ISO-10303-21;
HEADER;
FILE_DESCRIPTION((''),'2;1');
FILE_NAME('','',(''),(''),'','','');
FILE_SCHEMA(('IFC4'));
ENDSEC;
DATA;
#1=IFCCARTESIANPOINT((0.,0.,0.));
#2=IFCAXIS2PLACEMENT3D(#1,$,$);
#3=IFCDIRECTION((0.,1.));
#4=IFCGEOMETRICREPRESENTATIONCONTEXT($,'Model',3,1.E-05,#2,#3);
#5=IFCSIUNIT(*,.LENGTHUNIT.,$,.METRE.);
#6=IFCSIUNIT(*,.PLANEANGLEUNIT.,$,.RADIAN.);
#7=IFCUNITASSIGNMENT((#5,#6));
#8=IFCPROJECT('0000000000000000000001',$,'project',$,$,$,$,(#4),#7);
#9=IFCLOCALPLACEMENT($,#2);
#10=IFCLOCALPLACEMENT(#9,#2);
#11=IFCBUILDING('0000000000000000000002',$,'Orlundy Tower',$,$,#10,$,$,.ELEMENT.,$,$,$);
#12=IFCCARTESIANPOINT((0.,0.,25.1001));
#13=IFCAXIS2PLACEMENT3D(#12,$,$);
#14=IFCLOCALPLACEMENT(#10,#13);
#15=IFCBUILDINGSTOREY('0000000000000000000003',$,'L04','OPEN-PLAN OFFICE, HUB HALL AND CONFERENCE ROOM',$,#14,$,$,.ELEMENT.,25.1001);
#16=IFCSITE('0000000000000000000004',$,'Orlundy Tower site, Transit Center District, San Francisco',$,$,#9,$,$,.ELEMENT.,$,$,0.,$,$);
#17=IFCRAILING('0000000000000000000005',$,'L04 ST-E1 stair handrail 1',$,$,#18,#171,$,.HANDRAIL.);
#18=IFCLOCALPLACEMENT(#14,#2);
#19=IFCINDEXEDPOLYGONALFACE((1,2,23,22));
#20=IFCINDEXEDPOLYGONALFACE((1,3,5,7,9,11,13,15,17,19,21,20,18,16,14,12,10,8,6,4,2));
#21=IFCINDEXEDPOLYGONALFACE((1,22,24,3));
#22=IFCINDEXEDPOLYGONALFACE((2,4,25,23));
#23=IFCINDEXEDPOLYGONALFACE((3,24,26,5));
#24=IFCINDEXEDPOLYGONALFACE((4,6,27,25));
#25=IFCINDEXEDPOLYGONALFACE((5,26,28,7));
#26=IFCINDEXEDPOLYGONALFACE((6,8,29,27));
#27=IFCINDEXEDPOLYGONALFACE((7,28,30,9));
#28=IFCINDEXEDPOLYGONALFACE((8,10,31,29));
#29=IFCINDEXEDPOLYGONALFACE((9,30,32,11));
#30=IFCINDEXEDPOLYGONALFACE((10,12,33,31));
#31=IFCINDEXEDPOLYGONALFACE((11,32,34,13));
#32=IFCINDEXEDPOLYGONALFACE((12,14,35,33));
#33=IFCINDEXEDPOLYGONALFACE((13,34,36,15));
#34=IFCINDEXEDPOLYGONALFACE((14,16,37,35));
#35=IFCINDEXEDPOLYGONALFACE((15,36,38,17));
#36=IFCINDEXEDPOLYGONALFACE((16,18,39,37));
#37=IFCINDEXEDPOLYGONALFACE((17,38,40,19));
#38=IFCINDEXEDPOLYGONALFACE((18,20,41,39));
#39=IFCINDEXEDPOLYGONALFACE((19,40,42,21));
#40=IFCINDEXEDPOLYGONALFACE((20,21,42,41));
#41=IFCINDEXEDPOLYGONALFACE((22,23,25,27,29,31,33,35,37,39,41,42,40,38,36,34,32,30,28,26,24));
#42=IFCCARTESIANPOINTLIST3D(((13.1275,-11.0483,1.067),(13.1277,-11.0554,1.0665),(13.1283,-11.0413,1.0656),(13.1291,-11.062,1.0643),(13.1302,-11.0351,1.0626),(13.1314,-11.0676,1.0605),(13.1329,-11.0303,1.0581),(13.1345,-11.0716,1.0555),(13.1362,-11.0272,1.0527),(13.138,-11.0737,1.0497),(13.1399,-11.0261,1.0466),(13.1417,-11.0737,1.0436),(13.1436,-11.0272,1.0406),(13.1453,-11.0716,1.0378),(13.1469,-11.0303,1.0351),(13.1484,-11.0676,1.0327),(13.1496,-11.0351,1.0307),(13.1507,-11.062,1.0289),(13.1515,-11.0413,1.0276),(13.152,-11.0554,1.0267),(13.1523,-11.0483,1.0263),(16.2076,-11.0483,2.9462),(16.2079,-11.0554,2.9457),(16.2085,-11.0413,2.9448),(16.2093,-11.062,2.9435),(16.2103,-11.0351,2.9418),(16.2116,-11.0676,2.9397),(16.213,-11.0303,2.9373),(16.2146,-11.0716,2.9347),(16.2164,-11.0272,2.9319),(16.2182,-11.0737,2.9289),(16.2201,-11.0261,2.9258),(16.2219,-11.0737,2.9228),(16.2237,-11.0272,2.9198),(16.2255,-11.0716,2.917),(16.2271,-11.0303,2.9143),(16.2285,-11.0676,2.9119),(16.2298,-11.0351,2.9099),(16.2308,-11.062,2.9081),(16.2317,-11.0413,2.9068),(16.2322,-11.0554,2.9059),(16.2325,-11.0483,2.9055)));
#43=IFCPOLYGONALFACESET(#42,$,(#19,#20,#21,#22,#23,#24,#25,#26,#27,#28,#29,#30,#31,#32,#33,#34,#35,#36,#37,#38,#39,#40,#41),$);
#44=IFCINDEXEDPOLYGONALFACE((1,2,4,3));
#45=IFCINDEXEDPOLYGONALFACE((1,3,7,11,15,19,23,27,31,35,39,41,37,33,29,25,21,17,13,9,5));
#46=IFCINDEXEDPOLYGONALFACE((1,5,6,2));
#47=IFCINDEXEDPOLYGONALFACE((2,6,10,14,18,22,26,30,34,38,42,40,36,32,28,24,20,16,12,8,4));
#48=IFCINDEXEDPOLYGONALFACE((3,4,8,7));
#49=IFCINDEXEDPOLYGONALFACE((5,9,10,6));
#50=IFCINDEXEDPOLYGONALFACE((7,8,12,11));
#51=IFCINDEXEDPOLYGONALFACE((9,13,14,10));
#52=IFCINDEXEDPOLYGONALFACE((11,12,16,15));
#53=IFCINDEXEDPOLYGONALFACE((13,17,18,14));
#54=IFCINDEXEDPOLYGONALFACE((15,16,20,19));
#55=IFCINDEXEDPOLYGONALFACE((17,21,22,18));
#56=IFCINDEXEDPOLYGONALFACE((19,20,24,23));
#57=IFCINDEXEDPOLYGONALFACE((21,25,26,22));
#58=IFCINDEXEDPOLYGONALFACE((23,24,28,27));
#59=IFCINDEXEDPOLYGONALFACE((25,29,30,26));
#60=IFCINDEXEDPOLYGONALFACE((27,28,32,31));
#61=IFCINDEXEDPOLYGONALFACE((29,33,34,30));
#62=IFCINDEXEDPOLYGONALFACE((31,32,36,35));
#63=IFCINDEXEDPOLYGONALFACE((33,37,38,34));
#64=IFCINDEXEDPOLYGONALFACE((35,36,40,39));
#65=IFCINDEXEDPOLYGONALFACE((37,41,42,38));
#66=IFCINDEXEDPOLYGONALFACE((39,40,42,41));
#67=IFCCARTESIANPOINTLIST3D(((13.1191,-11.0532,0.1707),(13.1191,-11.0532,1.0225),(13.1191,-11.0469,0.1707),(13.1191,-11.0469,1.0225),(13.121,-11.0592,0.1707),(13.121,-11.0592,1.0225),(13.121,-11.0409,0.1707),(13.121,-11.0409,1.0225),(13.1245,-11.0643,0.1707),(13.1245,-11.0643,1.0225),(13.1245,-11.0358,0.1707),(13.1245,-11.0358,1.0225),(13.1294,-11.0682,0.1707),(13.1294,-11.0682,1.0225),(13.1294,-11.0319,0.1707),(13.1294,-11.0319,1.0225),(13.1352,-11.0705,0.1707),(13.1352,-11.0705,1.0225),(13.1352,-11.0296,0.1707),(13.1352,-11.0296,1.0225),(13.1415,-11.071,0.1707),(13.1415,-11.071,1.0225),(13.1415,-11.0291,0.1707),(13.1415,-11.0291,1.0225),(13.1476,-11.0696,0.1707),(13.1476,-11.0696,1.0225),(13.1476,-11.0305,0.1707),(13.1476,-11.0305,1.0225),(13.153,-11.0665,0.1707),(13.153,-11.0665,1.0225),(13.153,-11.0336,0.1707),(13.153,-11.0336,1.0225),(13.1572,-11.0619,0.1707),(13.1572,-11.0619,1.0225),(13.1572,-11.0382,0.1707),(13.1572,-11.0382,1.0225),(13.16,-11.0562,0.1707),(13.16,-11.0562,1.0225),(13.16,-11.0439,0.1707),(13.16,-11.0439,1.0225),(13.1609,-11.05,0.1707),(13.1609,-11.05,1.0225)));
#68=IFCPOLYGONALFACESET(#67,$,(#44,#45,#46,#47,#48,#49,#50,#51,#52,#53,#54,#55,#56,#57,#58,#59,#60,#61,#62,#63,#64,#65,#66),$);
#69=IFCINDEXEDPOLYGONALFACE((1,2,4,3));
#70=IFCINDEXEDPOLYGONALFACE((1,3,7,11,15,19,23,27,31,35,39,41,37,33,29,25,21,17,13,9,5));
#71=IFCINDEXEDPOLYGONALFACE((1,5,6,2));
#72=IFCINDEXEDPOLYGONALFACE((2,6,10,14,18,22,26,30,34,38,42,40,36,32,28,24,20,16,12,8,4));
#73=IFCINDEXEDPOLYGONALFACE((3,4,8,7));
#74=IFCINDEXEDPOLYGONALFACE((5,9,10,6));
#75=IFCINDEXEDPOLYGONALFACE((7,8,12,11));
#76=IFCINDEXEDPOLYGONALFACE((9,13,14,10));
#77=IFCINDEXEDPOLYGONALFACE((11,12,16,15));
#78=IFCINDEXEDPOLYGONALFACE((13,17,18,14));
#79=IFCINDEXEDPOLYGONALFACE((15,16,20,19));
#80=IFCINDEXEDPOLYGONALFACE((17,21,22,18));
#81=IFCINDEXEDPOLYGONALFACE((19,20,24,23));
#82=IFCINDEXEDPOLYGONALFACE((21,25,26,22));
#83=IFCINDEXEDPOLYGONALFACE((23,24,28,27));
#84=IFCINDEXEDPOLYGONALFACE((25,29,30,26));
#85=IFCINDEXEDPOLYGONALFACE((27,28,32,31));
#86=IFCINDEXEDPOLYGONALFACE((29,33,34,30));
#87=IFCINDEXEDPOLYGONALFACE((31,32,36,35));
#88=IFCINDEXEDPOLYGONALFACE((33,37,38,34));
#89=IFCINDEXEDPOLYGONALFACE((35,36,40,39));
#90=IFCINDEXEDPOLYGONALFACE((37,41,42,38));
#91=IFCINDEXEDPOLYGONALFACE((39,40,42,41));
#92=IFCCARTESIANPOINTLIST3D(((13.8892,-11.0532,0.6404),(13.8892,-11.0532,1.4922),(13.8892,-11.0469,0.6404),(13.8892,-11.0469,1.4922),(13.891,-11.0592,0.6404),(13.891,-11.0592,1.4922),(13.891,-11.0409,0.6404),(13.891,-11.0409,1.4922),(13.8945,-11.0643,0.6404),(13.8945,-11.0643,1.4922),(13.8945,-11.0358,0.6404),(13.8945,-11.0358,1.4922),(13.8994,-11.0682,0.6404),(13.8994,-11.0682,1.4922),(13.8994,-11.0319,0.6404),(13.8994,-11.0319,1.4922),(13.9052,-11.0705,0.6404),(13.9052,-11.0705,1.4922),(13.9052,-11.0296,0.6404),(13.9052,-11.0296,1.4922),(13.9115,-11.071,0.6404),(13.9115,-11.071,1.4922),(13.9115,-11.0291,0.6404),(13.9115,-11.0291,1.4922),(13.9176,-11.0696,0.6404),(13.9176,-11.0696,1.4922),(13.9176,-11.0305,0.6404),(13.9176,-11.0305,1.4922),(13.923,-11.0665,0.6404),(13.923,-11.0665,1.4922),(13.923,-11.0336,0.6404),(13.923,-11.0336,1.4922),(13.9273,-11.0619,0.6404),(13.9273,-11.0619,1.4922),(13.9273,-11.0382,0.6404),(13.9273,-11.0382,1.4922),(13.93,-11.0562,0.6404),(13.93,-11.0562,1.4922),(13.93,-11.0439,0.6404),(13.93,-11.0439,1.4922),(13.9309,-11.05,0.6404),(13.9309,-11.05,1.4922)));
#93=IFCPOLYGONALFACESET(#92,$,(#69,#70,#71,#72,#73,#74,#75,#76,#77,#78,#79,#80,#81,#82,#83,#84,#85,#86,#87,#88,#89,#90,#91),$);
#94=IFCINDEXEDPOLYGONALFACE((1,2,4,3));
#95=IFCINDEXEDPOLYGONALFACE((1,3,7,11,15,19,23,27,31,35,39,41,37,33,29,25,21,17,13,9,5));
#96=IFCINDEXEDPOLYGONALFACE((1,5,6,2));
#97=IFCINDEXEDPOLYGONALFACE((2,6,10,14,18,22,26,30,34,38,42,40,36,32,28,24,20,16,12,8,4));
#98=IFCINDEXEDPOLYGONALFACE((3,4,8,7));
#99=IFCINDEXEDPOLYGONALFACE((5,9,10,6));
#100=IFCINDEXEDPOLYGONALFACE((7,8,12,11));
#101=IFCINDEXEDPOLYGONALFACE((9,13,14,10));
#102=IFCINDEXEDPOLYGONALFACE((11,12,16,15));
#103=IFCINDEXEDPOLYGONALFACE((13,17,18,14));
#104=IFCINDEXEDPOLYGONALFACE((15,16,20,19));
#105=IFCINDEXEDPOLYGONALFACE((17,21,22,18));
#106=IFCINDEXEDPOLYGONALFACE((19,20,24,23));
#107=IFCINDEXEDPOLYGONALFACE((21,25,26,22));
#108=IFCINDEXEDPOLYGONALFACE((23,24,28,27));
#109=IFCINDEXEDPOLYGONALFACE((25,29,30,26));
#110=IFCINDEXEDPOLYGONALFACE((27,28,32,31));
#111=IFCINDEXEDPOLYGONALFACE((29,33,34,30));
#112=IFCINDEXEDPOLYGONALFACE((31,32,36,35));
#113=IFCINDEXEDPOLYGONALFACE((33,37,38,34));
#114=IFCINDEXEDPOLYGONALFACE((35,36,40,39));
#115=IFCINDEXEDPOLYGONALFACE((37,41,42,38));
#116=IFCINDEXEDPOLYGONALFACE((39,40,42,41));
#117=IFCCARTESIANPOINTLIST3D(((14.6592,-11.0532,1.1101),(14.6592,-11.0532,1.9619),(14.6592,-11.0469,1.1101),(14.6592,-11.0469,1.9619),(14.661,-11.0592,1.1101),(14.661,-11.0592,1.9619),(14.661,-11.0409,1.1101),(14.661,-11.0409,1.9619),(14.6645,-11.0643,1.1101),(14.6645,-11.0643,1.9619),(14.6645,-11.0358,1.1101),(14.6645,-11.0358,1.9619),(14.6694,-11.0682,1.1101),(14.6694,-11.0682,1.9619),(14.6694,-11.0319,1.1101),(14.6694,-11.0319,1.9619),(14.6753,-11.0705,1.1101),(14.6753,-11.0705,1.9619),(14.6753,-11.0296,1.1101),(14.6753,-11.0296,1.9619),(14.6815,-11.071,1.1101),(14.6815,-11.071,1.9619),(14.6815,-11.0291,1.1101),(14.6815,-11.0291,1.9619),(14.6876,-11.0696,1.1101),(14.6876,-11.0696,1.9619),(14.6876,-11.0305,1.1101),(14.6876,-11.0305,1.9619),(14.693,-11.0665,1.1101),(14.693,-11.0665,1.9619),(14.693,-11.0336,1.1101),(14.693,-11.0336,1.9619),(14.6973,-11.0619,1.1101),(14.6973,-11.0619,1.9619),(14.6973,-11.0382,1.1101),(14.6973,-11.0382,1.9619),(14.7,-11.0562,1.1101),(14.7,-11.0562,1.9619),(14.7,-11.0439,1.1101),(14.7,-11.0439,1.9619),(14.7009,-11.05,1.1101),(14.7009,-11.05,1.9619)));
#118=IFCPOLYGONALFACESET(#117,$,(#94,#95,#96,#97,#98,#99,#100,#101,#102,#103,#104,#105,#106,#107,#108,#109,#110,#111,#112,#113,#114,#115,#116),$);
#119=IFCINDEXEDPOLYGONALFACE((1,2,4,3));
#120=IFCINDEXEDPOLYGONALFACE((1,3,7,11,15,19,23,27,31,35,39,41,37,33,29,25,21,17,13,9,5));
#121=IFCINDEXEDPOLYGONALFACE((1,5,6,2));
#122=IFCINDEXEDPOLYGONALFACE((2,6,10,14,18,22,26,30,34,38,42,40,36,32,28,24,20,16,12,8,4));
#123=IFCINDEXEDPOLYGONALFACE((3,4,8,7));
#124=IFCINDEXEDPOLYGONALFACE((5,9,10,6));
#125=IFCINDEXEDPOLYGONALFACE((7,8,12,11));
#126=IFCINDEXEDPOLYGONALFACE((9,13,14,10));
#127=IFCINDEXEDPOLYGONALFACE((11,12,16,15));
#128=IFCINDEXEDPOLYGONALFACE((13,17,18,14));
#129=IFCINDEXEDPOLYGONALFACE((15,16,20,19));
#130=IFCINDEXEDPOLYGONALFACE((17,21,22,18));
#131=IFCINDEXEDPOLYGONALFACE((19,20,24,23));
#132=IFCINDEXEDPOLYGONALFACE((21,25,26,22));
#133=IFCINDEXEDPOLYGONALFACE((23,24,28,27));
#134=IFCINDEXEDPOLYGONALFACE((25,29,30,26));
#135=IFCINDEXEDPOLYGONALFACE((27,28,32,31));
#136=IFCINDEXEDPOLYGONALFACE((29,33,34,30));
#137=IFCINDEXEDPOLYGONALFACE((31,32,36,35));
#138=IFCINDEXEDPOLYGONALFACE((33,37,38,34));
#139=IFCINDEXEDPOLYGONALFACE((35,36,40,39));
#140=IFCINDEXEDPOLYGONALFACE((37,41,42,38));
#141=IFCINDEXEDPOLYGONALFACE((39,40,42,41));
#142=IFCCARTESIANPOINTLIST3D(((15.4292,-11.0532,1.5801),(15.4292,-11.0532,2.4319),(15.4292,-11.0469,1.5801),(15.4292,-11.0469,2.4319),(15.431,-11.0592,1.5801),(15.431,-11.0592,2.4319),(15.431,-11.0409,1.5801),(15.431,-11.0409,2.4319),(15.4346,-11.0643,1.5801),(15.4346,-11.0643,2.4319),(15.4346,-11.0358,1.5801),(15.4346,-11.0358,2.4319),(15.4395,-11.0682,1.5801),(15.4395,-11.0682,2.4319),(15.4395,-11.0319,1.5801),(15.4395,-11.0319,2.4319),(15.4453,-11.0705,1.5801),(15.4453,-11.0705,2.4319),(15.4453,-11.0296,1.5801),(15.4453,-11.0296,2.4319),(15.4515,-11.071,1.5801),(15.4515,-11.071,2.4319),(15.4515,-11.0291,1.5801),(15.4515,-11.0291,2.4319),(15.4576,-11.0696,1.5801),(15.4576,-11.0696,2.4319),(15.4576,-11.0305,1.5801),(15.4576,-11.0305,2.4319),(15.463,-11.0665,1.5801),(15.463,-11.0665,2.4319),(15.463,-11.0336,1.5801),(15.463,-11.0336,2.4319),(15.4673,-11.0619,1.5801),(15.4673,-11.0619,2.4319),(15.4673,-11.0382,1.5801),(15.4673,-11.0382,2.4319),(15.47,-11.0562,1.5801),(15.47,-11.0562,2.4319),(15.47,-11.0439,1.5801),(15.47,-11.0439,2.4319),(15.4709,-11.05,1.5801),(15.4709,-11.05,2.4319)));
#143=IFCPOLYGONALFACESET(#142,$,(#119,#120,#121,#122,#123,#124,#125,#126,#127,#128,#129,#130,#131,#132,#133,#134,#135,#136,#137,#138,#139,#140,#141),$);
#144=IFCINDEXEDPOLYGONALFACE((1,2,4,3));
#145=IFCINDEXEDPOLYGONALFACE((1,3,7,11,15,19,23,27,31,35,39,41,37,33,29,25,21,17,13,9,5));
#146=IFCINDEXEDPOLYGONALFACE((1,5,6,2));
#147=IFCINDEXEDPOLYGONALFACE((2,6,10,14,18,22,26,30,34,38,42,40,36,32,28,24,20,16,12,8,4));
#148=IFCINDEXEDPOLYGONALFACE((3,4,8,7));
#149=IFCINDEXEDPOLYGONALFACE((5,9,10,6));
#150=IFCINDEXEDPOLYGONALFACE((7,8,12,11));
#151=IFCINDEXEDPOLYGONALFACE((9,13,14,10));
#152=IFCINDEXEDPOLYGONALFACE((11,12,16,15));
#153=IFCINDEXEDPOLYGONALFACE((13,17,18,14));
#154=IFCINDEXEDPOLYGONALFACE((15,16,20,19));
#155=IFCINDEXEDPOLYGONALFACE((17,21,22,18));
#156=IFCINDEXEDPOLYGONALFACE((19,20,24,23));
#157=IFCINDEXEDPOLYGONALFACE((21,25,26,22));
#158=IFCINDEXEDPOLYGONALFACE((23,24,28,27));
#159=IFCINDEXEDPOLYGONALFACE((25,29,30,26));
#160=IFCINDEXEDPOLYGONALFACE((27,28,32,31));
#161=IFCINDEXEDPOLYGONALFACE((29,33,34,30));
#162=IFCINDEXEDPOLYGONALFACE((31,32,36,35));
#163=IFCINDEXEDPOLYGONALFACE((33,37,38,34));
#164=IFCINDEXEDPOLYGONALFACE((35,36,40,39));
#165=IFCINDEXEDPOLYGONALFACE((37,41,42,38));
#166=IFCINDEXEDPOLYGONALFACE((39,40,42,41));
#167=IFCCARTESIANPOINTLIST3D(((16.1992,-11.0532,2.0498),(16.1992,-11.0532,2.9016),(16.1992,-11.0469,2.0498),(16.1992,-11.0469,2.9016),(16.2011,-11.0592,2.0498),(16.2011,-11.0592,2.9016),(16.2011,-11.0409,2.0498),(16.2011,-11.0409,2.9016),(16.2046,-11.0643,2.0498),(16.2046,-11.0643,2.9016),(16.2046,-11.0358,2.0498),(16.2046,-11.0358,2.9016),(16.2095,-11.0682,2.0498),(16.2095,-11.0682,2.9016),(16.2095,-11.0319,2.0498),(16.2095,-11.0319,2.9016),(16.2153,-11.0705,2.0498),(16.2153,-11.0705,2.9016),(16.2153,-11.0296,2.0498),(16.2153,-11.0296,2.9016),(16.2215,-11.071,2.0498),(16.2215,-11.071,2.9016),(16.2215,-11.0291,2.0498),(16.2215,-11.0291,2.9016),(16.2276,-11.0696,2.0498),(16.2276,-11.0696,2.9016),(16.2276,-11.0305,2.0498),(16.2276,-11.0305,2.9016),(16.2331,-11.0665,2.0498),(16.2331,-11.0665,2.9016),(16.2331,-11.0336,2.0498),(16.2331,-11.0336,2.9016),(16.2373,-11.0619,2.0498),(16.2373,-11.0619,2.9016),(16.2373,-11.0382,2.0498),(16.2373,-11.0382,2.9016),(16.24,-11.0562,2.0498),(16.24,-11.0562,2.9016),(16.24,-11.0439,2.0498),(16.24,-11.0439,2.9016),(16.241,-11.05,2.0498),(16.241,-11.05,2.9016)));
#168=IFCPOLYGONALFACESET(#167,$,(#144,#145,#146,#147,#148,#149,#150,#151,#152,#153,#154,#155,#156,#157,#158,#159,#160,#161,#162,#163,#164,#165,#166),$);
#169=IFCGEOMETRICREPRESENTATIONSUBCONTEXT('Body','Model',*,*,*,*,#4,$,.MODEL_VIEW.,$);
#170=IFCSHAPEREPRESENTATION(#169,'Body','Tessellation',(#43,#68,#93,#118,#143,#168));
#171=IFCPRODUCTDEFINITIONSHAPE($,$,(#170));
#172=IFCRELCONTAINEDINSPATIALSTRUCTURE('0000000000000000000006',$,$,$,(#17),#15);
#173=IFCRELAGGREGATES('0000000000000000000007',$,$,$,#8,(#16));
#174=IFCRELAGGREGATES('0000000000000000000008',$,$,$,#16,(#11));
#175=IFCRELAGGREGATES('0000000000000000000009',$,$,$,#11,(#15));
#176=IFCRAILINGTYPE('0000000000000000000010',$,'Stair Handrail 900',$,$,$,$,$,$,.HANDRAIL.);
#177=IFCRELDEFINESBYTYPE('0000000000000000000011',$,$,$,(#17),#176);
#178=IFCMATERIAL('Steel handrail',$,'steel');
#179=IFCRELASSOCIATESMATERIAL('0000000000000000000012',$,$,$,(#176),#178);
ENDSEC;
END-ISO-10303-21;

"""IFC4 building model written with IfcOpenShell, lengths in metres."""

from ifc_helpers import new_model, si_unit, direction, frame, origin, origin_2d, place, context, subcontext, project, spatial, circle, extrude, material, type_object, element, save


model = new_model("IFC4")

# Units and contexts
model_context = context("Model", 3, precision=1e-05, world=origin(), true_north=direction((0.0, 1.0)))
body_context = subcontext(model_context, "Body", "Model", "MODEL_VIEW")
ifc_project = project(units=[si_unit("LENGTHUNIT", "METRE"), si_unit("PLANEANGLEUNIT", "RADIAN")], contexts=[model_context])

# Site, building, storey
site_placement = place(None, origin())
site = spatial("IfcSite", under=ifc_project, at=site_placement, Name="Orlundy Tower site, Transit Center District, San Francisco", CompositionType="ELEMENT", RefElevation=0.0)
building_placement = place(site_placement, origin())
building = spatial("IfcBuilding", under=site, at=building_placement, Name="Orlundy Tower", CompositionType="ELEMENT")
storey_placement = place(building_placement, frame((0.0, 0.0, 25.1001)))
storey = spatial("IfcBuildingStorey", under=building, at=storey_placement, Name="L04", Description="OPEN-PLAN OFFICE, HUB HALL AND CONFERENCE ROOM", CompositionType="ELEMENT", Elevation=25.1001)

# Railing
ifc_material_1 = material(Name="Steel handrail", Category="steel")
railing_type_1 = type_object("IfcRailingType", Name="Stair Handrail 900", PredefinedType="HANDRAIL", material=ifc_material_1)
railing_1_placement = place(storey_placement, frame((13.1399, -11.05, 0.1707)))
element("IfcRailing", 1, at=railing_1_placement, inside=storey, type_object=railing_type_1, Name="L04 ST-E1 stair handrail 1", PredefinedType="HANDRAIL", context=body_context, shape_type="SweptSolid", body=[
    extrude(circle(Radius=0.0239, at=origin_2d()), frame((0.0, 0.0, 0.876), z_axis=(0.853666, 0.0, 0.52082), x_axis=(0.0, 1.0, 0.0)), (0.0, 0.0, 1.0), 3.6082),
    extrude(circle(Radius=0.021, at=origin_2d()), origin(), (0.0, 0.0, 1.0), 0.8518),
    extrude(circle(Radius=0.021, at=origin_2d()), frame((0.77, 0.0, 0.4697)), (0.0, 0.0, 1.0), 0.8518),
    extrude(circle(Radius=0.021, at=origin_2d()), frame((1.54, 0.0, 0.9395)), (0.0, 0.0, 1.0), 0.8518),
    extrude(circle(Radius=0.021, at=origin_2d()), frame((2.3101, 0.0, 1.4094)), (0.0, 0.0, 1.0), 0.8518),
    extrude(circle(Radius=0.021, at=origin_2d()), frame((3.0801, 0.0, 1.8792)), (0.0, 0.0, 1.0), 0.8518),
])

save(model, "model.ifc")
